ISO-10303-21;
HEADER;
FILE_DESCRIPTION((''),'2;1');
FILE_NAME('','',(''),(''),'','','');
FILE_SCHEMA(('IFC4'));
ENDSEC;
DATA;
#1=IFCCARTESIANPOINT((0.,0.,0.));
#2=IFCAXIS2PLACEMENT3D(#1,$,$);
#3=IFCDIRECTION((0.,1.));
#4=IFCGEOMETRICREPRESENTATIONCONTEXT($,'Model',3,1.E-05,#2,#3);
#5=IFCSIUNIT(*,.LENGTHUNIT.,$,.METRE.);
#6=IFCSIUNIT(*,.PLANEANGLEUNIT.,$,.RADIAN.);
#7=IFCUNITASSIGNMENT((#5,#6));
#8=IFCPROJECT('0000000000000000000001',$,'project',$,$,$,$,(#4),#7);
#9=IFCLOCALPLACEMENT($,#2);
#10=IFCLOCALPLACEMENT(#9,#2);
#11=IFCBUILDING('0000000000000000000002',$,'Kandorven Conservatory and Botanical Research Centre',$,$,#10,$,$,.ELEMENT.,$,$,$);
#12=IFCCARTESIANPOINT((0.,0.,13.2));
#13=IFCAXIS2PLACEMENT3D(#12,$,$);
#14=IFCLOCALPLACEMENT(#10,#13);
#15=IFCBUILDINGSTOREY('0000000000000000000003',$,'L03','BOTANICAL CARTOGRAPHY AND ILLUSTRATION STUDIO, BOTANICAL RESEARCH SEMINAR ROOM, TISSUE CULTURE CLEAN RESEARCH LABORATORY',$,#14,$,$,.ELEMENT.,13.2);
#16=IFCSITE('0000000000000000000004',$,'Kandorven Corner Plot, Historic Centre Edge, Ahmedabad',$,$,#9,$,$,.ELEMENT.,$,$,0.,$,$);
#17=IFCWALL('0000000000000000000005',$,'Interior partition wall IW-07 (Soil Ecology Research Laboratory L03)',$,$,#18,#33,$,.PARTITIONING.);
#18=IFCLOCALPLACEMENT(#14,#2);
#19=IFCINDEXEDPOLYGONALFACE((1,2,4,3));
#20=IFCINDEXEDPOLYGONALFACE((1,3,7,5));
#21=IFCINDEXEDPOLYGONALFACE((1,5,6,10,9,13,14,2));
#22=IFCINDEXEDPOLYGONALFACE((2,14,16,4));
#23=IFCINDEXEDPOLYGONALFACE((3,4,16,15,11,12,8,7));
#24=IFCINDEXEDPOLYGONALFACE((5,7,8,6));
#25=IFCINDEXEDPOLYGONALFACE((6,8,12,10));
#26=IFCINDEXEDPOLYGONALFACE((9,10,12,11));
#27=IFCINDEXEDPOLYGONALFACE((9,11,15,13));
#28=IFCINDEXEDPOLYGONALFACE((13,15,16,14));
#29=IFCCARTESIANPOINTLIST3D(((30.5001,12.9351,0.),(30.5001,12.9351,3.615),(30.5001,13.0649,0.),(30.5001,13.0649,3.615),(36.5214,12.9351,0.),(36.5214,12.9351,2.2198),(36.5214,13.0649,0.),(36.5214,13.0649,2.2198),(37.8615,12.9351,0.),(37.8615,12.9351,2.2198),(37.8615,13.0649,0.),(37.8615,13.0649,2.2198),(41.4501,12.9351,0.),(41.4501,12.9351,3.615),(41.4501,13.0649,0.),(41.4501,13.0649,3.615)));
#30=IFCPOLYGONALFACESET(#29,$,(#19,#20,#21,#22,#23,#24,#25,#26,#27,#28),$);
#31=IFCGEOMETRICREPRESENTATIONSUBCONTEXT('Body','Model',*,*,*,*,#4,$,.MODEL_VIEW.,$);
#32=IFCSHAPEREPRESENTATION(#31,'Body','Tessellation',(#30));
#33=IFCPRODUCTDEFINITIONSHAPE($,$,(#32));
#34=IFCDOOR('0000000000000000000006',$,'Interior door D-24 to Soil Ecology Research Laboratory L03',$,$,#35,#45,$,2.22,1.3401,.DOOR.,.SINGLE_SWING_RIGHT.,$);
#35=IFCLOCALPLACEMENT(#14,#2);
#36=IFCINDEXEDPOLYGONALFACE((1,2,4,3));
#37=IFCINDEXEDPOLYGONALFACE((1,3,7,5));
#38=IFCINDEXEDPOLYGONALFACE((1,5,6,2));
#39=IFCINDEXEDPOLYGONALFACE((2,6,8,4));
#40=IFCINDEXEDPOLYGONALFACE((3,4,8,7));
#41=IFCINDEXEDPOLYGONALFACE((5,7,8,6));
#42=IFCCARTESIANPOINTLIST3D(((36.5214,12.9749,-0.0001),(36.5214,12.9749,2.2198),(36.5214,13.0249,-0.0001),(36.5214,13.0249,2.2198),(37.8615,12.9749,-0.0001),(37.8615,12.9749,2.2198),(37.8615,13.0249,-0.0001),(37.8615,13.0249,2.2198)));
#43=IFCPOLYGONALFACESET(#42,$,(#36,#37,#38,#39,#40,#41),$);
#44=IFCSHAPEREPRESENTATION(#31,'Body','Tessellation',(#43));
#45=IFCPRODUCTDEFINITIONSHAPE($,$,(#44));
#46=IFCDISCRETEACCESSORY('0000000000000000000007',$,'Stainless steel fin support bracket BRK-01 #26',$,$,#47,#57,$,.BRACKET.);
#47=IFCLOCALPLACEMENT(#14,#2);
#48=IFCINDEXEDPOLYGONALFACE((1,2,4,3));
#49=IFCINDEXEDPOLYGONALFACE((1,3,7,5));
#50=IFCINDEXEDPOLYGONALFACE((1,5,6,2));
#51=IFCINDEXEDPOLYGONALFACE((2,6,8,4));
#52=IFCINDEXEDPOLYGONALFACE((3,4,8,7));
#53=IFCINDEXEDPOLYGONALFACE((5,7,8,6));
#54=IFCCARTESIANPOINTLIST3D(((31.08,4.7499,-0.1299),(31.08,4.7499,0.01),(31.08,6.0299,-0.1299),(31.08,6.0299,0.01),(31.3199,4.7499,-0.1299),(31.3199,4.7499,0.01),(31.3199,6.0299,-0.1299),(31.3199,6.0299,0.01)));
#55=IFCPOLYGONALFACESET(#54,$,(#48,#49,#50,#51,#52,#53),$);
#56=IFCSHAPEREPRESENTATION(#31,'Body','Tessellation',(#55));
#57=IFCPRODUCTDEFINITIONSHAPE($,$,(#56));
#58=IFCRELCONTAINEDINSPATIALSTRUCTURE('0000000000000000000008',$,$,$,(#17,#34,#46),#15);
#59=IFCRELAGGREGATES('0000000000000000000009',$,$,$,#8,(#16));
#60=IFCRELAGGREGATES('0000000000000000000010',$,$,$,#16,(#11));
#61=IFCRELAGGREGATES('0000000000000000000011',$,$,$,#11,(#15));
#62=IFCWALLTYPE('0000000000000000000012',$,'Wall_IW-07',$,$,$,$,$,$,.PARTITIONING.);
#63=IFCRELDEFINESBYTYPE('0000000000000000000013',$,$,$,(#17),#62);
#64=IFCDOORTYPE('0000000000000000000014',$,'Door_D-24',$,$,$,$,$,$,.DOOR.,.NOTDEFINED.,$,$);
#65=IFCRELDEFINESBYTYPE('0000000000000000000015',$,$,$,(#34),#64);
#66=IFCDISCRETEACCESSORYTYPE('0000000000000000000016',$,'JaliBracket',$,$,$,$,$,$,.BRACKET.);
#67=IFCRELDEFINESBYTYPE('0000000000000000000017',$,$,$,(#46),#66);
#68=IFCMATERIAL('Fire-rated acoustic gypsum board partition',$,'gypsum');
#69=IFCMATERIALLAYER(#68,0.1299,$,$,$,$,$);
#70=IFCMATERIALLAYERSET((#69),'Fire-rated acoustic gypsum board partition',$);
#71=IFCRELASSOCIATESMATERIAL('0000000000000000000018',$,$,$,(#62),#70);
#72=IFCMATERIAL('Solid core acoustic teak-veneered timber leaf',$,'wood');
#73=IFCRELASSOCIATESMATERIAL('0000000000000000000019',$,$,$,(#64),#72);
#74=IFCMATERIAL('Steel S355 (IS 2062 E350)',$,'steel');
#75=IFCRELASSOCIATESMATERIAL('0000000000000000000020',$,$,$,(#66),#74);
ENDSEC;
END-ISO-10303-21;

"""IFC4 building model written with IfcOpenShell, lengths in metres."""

from ifc_helpers import new_model, si_unit, direction, frame, frame_2d, origin, origin_2d, place, context, subcontext, project, spatial, rectangle, extrude, material, layer, layer_set, type_object, element, fill, save


model = new_model("IFC4")

# Units and contexts
model_context = context("Model", 3, precision=1e-05, world=origin(), true_north=direction((0.0, 1.0)))
body_context = subcontext(model_context, "Body", "Model", "MODEL_VIEW")
ifc_project = project(units=[si_unit("LENGTHUNIT", "METRE"), si_unit("PLANEANGLEUNIT", "RADIAN")], contexts=[model_context])

# Site, building, storey
site_placement = place(None, origin())
site = spatial("IfcSite", under=ifc_project, at=site_placement, Name="Kandorven Corner Plot, Historic Centre Edge, Ahmedabad", CompositionType="ELEMENT", RefElevation=0.0)
building_placement = place(site_placement, origin())
building = spatial("IfcBuilding", under=site, at=building_placement, Name="Kandorven Conservatory and Botanical Research Centre", CompositionType="ELEMENT")
storey_placement = place(building_placement, frame((0.0, 0.0, 13.2)))
storey = spatial("IfcBuildingStorey", under=building, at=storey_placement, Name="L03", Description="BOTANICAL CARTOGRAPHY AND ILLUSTRATION STUDIO, BOTANICAL RESEARCH SEMINAR ROOM, TISSUE CULTURE CLEAN RESEARCH LABORATORY", CompositionType="ELEMENT", Elevation=13.2)

# Wall, opening, door
ifc_material_1 = material(Name="Fire-rated acoustic gypsum board partition", Category="gypsum")
ifc_layer_1 = layer(ifc_material_1, 0.1299)
ifc_layer_set_1 = layer_set([ifc_layer_1], Name="Fire-rated acoustic gypsum board partition")
wall_type = type_object("IfcWallType", Name="Wall_IW-07", PredefinedType="PARTITIONING", material=ifc_layer_set_1)
wall_placement = place(storey_placement, frame((30.5, 13.0, 0.0), z_axis=(0.0, 0.0, 1.0), x_axis=(1.0, 0.0, 0.0)))
wall = element("IfcWall", 1, at=wall_placement, inside=storey, type_object=wall_type, Name="Interior partition wall IW-07 (Soil Ecology Research Laboratory L03)", PredefinedType="PARTITIONING", context=body_context, shape_type="SweptSolid", body=[
    extrude(rectangle(XDim=10.95, YDim=0.1299, at=frame_2d((5.4751, 0.0))), origin(), (0.0, 0.0, 1.0), 3.615),
])
opening_placement = place(wall_placement, frame((6.0215, 0.0, 0.0)))
opening = element("IfcOpeningElement", 2, at=opening_placement, cuts=wall, PredefinedType="OPENING", context=body_context, shape_type="SweptSolid", body=[
    extrude(rectangle(XDim=1.3401, YDim=2.22, at=frame_2d((0.6699, 1.1099))), frame((0.0, 0.075, 0.0), z_axis=(0.0, -1.0, 0.0), x_axis=(1.0, 0.0, 0.0)), (0.0, 0.0, 1.0), 0.1499),
])
ifc_material_2 = material(Name="Solid core acoustic teak-veneered timber leaf", Category="wood")
door_type = type_object("IfcDoorType", Name="Door_D-24", OperationType="NOTDEFINED", PredefinedType="DOOR", material=ifc_material_2)
door_placement = place(opening_placement, origin())
door = element("IfcDoor", 3, at=door_placement, inside=storey, type_object=door_type, Name="Interior door D-24 to Soil Ecology Research Laboratory L03", OperationType="SINGLE_SWING_RIGHT", OverallHeight=2.22, OverallWidth=1.3401, PredefinedType="DOOR", context=body_context, shape_type="SweptSolid", body=[
    extrude(rectangle(XDim=1.3401, YDim=2.22, at=frame_2d((0.6699, 1.1099))), frame((0.0, 0.0249, 0.0), z_axis=(0.0, -1.0, 0.0), x_axis=(1.0, 0.0, 0.0)), (0.0, 0.0, 1.0), 0.05),
])
fill(opening, door)

# Discrete accessory
ifc_material_3 = material(Name="Steel S355 (IS 2062 E350)", Category="steel")
discrete_accessory_type = type_object("IfcDiscreteAccessoryType", Name="JaliBracket", PredefinedType="BRACKET", material=ifc_material_3)
discrete_accessory_placement = place(storey_placement, frame((31.2, 5.3899, -0.1299), z_axis=(0.0, 0.0, 1.0), x_axis=(1.0, 0.0, 0.0)))
element("IfcDiscreteAccessory", 4, at=discrete_accessory_placement, inside=storey, type_object=discrete_accessory_type, Name="Stainless steel fin support bracket BRK-01 #26", PredefinedType="BRACKET", context=body_context, shape_type="SweptSolid", body=[
    extrude(rectangle(XDim=0.24, YDim=1.28, at=origin_2d()), origin(), (0.0, 0.0, 1.0), 0.1399),
])

save(model, "model.ifc")
